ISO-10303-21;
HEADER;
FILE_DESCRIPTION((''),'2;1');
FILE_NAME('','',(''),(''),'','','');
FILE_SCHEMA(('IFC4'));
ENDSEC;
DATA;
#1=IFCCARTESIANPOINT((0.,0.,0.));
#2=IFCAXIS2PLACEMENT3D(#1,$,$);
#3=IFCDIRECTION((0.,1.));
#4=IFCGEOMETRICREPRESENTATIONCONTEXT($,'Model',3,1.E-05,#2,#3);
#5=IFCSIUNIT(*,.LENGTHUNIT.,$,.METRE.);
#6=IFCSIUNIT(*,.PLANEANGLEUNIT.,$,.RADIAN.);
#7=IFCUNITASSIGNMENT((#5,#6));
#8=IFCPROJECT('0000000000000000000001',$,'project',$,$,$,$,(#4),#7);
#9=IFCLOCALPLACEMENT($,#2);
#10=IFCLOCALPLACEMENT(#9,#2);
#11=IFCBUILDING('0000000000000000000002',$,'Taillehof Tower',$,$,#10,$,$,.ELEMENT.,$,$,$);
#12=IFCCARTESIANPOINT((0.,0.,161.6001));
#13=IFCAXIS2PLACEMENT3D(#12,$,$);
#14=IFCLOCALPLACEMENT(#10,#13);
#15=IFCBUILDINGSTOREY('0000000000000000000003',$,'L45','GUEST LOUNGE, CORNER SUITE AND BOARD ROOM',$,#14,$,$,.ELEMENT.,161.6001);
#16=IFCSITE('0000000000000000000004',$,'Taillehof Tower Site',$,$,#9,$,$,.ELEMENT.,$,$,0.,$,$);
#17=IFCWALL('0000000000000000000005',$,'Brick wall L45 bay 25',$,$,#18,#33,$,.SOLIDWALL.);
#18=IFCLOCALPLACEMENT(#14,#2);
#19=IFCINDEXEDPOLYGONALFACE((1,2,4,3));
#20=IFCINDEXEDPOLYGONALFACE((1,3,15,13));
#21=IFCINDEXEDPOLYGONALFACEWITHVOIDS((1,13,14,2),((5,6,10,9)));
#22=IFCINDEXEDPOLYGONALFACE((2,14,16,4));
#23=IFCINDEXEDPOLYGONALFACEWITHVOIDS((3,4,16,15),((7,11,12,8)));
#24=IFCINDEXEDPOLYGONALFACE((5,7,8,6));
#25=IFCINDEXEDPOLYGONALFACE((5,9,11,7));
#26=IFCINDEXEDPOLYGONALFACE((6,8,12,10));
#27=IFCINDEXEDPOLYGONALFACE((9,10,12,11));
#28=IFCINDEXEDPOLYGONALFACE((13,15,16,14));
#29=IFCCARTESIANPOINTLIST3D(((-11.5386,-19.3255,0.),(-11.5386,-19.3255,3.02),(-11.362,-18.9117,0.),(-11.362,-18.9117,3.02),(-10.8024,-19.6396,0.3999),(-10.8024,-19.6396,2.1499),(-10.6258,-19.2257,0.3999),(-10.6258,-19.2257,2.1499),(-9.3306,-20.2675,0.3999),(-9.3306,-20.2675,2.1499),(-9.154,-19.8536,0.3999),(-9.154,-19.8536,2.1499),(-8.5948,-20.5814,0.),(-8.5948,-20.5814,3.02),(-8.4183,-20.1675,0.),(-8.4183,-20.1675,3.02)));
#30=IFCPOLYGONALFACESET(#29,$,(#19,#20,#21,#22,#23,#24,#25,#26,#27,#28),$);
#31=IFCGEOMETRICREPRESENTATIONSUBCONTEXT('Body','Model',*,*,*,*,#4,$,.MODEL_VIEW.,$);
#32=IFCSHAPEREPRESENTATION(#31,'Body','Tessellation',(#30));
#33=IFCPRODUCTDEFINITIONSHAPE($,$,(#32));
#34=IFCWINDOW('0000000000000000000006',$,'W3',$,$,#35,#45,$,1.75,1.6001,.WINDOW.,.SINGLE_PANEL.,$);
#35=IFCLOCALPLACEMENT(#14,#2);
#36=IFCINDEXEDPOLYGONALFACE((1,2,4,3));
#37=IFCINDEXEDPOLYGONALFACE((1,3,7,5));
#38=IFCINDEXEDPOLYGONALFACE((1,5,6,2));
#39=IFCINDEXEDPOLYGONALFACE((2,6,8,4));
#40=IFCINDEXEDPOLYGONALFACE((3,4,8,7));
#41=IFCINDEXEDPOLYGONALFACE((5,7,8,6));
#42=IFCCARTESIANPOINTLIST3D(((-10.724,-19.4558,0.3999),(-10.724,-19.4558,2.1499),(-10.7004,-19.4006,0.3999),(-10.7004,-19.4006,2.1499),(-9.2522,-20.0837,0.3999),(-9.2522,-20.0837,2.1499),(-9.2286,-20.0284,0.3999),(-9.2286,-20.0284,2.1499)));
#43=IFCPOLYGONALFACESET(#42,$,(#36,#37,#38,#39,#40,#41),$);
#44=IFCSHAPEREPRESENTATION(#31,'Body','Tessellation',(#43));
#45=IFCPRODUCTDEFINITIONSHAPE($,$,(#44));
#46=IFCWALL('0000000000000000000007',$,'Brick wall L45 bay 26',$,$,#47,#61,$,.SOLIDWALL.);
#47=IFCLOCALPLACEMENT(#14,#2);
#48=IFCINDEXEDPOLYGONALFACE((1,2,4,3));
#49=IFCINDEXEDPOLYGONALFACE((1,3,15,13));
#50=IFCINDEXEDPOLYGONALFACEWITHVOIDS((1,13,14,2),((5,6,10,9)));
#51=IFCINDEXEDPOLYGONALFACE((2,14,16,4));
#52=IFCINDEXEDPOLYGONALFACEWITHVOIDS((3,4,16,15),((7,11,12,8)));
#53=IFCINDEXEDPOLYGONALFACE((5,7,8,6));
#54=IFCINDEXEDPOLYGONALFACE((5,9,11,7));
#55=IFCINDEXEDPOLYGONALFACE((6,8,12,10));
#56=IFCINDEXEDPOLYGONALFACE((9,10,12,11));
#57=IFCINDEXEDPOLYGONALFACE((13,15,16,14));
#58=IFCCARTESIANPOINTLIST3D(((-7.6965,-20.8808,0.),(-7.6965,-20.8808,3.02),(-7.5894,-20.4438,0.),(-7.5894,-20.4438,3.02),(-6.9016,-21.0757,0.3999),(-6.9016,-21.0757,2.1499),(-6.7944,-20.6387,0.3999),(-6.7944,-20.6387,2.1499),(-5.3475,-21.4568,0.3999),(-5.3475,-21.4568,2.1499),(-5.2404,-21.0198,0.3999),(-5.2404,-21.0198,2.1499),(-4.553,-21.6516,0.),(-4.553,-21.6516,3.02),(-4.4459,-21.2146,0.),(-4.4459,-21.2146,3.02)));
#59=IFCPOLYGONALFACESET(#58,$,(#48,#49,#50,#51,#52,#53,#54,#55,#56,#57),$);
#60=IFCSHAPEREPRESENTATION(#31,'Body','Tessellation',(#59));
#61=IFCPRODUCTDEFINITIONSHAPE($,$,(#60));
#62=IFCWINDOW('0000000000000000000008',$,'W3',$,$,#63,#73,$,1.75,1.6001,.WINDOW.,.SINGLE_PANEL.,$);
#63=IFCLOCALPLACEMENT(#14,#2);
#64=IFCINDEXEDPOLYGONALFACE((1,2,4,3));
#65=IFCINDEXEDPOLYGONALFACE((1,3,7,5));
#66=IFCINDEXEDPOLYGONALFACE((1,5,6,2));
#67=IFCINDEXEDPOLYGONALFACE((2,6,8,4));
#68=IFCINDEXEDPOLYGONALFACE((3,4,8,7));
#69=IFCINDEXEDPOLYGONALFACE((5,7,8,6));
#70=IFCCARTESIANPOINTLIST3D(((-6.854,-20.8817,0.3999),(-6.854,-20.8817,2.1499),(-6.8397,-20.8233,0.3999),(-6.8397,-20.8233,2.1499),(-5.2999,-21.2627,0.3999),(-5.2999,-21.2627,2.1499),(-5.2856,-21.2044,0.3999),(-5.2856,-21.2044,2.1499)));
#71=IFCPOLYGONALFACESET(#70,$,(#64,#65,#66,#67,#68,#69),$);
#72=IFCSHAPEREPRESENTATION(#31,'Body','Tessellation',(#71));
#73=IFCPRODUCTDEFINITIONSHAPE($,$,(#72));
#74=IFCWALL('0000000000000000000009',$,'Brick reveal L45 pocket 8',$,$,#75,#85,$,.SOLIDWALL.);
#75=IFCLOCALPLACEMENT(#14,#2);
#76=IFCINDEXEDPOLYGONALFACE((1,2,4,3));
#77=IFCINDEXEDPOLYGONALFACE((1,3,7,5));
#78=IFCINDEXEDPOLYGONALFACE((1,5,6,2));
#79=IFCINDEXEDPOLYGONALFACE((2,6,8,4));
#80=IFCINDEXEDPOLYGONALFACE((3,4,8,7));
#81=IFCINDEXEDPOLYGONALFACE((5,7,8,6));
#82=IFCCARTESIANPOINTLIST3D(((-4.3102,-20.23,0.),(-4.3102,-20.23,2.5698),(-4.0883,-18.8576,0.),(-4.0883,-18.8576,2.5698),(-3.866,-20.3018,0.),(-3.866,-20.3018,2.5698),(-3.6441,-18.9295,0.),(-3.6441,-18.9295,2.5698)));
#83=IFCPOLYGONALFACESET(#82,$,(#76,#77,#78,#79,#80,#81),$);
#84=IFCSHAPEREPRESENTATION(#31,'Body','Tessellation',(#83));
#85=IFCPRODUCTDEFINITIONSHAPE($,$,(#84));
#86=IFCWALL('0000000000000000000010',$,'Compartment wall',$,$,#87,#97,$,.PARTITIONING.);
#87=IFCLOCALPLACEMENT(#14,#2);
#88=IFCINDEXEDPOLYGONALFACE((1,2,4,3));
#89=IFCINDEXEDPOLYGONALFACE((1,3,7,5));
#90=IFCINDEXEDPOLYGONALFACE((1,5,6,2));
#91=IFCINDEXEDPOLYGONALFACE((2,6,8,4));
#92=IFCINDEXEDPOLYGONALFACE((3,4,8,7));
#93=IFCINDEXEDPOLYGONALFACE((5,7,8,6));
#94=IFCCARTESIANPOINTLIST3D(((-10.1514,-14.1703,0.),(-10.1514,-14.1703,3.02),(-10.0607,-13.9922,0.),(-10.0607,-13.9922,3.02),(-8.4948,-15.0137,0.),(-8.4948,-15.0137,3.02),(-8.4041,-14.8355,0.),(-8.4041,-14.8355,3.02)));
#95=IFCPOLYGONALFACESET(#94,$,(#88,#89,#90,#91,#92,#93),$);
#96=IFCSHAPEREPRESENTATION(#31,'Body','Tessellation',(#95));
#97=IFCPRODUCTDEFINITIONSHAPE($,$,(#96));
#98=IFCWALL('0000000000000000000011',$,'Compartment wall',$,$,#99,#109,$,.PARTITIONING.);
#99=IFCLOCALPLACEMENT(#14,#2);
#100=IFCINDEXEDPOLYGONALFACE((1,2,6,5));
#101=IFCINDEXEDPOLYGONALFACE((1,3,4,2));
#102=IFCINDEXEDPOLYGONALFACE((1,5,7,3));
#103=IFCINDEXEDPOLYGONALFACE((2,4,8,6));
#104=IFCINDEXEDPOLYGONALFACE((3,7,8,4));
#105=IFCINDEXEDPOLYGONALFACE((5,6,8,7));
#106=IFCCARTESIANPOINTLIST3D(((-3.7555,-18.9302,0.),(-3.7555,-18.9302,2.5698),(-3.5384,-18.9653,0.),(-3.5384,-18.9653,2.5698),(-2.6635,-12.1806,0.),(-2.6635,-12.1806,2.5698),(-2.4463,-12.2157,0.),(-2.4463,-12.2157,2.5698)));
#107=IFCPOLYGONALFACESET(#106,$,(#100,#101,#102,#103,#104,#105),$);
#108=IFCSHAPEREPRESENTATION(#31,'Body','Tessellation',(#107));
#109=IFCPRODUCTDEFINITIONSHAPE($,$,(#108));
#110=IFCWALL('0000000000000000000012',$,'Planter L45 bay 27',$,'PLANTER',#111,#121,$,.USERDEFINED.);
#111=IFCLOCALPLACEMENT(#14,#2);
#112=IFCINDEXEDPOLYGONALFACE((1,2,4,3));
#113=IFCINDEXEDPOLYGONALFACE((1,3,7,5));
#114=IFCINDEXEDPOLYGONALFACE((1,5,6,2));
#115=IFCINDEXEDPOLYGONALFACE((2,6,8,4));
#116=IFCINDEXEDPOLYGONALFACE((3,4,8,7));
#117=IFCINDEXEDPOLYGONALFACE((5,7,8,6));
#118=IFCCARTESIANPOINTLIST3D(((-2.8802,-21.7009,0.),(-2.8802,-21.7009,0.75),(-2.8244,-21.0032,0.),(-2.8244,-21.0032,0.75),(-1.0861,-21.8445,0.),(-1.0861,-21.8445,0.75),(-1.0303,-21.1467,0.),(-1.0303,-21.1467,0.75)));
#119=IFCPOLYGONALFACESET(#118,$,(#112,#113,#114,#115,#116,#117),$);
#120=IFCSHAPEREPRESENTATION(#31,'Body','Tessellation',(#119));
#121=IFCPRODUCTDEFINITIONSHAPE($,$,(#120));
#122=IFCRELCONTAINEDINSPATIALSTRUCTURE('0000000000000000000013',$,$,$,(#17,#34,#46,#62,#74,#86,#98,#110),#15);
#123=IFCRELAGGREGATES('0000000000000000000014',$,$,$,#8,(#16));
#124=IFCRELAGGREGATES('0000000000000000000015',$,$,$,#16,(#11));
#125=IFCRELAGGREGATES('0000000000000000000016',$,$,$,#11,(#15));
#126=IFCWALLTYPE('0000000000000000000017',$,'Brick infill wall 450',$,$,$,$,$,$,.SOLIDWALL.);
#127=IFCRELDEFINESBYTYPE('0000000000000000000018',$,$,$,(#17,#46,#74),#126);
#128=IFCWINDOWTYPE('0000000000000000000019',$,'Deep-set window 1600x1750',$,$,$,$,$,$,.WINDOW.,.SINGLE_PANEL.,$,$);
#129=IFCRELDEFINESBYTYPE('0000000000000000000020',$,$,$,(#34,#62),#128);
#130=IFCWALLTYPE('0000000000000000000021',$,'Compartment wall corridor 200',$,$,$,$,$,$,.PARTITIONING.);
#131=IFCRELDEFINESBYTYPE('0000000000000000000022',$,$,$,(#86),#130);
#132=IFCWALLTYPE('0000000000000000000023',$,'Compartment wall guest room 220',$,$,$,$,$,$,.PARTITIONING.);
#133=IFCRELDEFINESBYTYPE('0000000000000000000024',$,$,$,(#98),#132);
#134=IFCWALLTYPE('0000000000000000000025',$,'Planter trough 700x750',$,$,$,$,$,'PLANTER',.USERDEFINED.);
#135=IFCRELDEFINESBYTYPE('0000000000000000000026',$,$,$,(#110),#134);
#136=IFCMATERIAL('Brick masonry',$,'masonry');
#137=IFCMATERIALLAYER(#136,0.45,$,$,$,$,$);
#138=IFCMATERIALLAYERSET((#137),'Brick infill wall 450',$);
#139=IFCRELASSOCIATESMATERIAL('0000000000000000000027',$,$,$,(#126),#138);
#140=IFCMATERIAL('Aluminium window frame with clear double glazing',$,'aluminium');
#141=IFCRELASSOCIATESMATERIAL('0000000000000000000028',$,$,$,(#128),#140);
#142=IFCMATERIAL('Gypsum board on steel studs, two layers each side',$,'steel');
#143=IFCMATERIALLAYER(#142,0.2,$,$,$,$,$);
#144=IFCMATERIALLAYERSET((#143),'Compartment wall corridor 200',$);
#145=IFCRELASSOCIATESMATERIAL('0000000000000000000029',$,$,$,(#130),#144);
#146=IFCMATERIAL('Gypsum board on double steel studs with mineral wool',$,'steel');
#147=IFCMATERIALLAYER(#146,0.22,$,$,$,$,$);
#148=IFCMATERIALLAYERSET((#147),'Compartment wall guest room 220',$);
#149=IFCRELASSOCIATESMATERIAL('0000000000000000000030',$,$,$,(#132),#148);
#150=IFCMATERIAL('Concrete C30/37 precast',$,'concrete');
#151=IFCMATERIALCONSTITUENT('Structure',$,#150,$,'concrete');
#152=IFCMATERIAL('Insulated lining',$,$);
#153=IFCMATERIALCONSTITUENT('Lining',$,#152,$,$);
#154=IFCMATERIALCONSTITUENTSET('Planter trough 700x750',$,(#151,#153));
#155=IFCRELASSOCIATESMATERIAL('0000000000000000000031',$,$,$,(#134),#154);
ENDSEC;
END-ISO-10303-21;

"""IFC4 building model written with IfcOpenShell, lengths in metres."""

from ifc_helpers import new_model, si_unit, direction, frame, frame_2d, origin, place, context, subcontext, project, spatial, rectangle, extrude, material, layer, layer_set, constituent, constituent_set, type_object, element, fill, save


model = new_model("IFC4")

# Units and contexts
model_context = context("Model", 3, precision=1e-05, world=origin(), true_north=direction((0.0, 1.0)))
body_context = subcontext(model_context, "Body", "Model", "MODEL_VIEW")
ifc_project = project(units=[si_unit("LENGTHUNIT", "METRE"), si_unit("PLANEANGLEUNIT", "RADIAN")], contexts=[model_context])

# Site, building, storey
site_placement = place(None, origin())
site = spatial("IfcSite", under=ifc_project, at=site_placement, Name="Taillehof Tower Site", CompositionType="ELEMENT", RefElevation=0.0)
building_placement = place(site_placement, origin())
building = spatial("IfcBuilding", under=site, at=building_placement, Name="Taillehof Tower", CompositionType="ELEMENT")
storey_placement = place(building_placement, frame((0.0, 0.0, 161.6001)))
storey = spatial("IfcBuildingStorey", under=building, at=storey_placement, Name="L45", Description="GUEST LOUNGE, CORNER SUITE AND BOARD ROOM", CompositionType="ELEMENT", Elevation=161.6001)

# Walls, openings, windows
ifc_material_1 = material(Name="Brick masonry", Category="masonry")
ifc_layer_1 = layer(ifc_material_1, 0.45)
ifc_layer_set_1 = layer_set([ifc_layer_1], Name="Brick infill wall 450")
wall_type_1 = type_object("IfcWallType", Name="Brick infill wall 450", PredefinedType="SOLIDWALL", material=ifc_layer_set_1)
wall_1_placement = place(storey_placement, frame((-11.4502, -19.1187, 0.0), z_axis=(0.0, 0.0, 1.0), x_axis=(0.919799, -0.39239, 0.0)))
wall_1 = element("IfcWall", 1, at=wall_1_placement, inside=storey, type_object=wall_type_1, Name="Brick wall L45 bay 25", PredefinedType="SOLIDWALL", context=body_context, shape_type="SweptSolid", body=[
    extrude(rectangle(XDim=3.2004, YDim=0.45, at=frame_2d((1.6001, 0.0))), origin(), (0.0, 0.0, 1.0), 3.02),
])
opening_1_placement = place(wall_1_placement, frame((0.8003, 0.0, 0.3999)))
opening_1 = element("IfcOpeningElement", 2, at=opening_1_placement, cuts=wall_1, PredefinedType="OPENING", context=body_context, shape_type="SweptSolid", body=[
    extrude(rectangle(XDim=1.6001, YDim=1.75, at=frame_2d((0.8, 0.875))), frame((0.0, 0.2349, 0.0), z_axis=(0.0, -1.0, 0.0), x_axis=(1.0, 0.0, 0.0)), (0.0, 0.0, 1.0), 0.47),
])
ifc_material_2 = material(Name="Aluminium window frame with clear double glazing", Category="aluminium")
window_type_1 = type_object("IfcWindowType", Name="Deep-set window 1600x1750", PartitioningType="SINGLE_PANEL", PredefinedType="WINDOW", material=ifc_material_2)
window_1_placement = place(opening_1_placement, origin())
window_1 = element("IfcWindow", 3, at=window_1_placement, inside=storey, type_object=window_type_1, Name="W3", OverallHeight=1.75, OverallWidth=1.6001, PartitioningType="SINGLE_PANEL", PredefinedType="WINDOW", context=body_context, shape_type="SweptSolid", body=[
    extrude(rectangle(XDim=1.6001, YDim=1.75, at=frame_2d((0.8, 0.875))), frame((0.0, 0.0349, 0.0), z_axis=(0.0, -1.0, 0.0), x_axis=(1.0, 0.0, 0.0)), (0.0, 0.0, 1.0), 0.0601),
])
fill(opening_1, window_1)
wall_2_placement = place(storey_placement, frame((-7.6428, -20.6624, 0.0), z_axis=(0.0, 0.0, 1.0), x_axis=(0.971233, -0.238132, 0.0)))
wall_2 = element("IfcWall", 4, at=wall_2_placement, inside=storey, type_object=wall_type_1, Name="Brick wall L45 bay 26", PredefinedType="SOLIDWALL", context=body_context, shape_type="SweptSolid", body=[
    extrude(rectangle(XDim=3.2366, YDim=0.45, at=frame_2d((1.6182, 0.0))), origin(), (0.0, 0.0, 1.0), 3.02),
])
opening_2_placement = place(wall_2_placement, frame((0.8184, 0.0, 0.3999)))
opening_2 = element("IfcOpeningElement", 5, at=opening_2_placement, cuts=wall_2, PredefinedType="OPENING", context=body_context, shape_type="SweptSolid", body=[
    extrude(rectangle(XDim=1.6001, YDim=1.75, at=frame_2d((0.8, 0.875))), frame((0.0, 0.2349, 0.0), z_axis=(0.0, -1.0, 0.0), x_axis=(1.0, 0.0, 0.0)), (0.0, 0.0, 1.0), 0.47),
])
window_2_placement = place(opening_2_placement, origin())
window_2 = element("IfcWindow", 6, at=window_2_placement, inside=storey, type_object=window_type_1, Name="W3", OverallHeight=1.75, OverallWidth=1.6001, PartitioningType="SINGLE_PANEL", PredefinedType="WINDOW", context=body_context, shape_type="SweptSolid", body=[
    extrude(rectangle(XDim=1.6001, YDim=1.75, at=frame_2d((0.8, 0.875))), frame((0.0, 0.0349, 0.0), z_axis=(0.0, -1.0, 0.0), x_axis=(1.0, 0.0, 0.0)), (0.0, 0.0, 1.0), 0.0601),
])
fill(opening_2, window_2)

# Wall
wall_3_placement = place(storey_placement, frame((-4.0881, -20.2659, 0.0), z_axis=(0.0, 0.0, 1.0), x_axis=(0.159641, 0.987175, 0.0)))
element("IfcWall", 7, at=wall_3_placement, inside=storey, type_object=wall_type_1, Name="Brick reveal L45 pocket 8", PredefinedType="SOLIDWALL", context=body_context, shape_type="SweptSolid", body=[
    extrude(rectangle(XDim=1.3901, YDim=0.45, at=frame_2d((0.6951, 0.0))), origin(), (0.0, 0.0, 1.0), 2.5698),
])

# Walls
ifc_material_3 = material(Name="Gypsum board on steel studs, two layers each side", Category="steel")
ifc_layer_2 = layer(ifc_material_3, 0.2)
ifc_layer_set_2 = layer_set([ifc_layer_2], Name="Compartment wall corridor 200")
wall_type_2 = type_object("IfcWallType", Name="Compartment wall corridor 200", PredefinedType="PARTITIONING", material=ifc_layer_set_2)
wall_4_placement = place(storey_placement, frame((-8.4495, -14.9246, 0.0), z_axis=(0.0, 0.0, 1.0), x_axis=(-0.891173, 0.453664, 0.0)))
element("IfcWall", 8, at=wall_4_placement, inside=storey, type_object=wall_type_2, Name="Compartment wall", PredefinedType="PARTITIONING", context=body_context, shape_type="SweptSolid", body=[
    extrude(rectangle(XDim=1.8589, YDim=0.2, at=frame_2d((0.9294, 0.0))), origin(), (0.0, 0.0, 1.0), 3.02),
])
ifc_material_4 = material(Name="Gypsum board on double steel studs with mineral wool", Category="steel")
ifc_layer_3 = layer(ifc_material_4, 0.22)
ifc_layer_set_3 = layer_set([ifc_layer_3], Name="Compartment wall guest room 220")
wall_type_3 = type_object("IfcWallType", Name="Compartment wall guest room 220", PredefinedType="PARTITIONING", material=ifc_layer_set_3)
wall_5_placement = place(storey_placement, frame((-3.647, -18.9478, 0.0), z_axis=(0.0, 0.0, 1.0), x_axis=(0.159719, 0.987163, 0.0)))
element("IfcWall", 9, at=wall_5_placement, inside=storey, type_object=wall_type_3, Name="Compartment wall", PredefinedType="PARTITIONING", context=body_context, shape_type="SweptSolid", body=[
    extrude(rectangle(XDim=6.8374, YDim=0.22, at=frame_2d((3.4187, 0.0))), origin(), (0.0, 0.0, 1.0), 2.5698),
])
ifc_material_5 = material(Name="Concrete C30/37 precast", Category="concrete")
ifc_constituent_1 = constituent(ifc_material_5, Name="Structure", Category="concrete")
ifc_material_6 = material(Name="Insulated lining")
ifc_constituent_2 = constituent(ifc_material_6, Name="Lining")
ifc_constituent_set = constituent_set(constituents=[ifc_constituent_1, ifc_constituent_2], Name="Planter trough 700x750")
wall_type_4 = type_object("IfcWallType", Name="Planter trough 700x750", ElementType="PLANTER", PredefinedType="USERDEFINED", material=ifc_constituent_set)
wall_6_placement = place(storey_placement, frame((-2.8523, -21.3521, 0.0), z_axis=(0.0, 0.0, 1.0), x_axis=(0.996814, -0.079756, 0.0)))
element("IfcWall", 10, at=wall_6_placement, inside=storey, type_object=wall_type_4, Name="Planter L45 bay 27", ObjectType="PLANTER", PredefinedType="USERDEFINED", context=body_context, shape_type="SweptSolid", body=[
    extrude(rectangle(XDim=1.7998, YDim=0.7, at=frame_2d((0.8999, 0.0))), origin(), (0.0, 0.0, 1.0), 0.75),
])

save(model, "model.ifc")
